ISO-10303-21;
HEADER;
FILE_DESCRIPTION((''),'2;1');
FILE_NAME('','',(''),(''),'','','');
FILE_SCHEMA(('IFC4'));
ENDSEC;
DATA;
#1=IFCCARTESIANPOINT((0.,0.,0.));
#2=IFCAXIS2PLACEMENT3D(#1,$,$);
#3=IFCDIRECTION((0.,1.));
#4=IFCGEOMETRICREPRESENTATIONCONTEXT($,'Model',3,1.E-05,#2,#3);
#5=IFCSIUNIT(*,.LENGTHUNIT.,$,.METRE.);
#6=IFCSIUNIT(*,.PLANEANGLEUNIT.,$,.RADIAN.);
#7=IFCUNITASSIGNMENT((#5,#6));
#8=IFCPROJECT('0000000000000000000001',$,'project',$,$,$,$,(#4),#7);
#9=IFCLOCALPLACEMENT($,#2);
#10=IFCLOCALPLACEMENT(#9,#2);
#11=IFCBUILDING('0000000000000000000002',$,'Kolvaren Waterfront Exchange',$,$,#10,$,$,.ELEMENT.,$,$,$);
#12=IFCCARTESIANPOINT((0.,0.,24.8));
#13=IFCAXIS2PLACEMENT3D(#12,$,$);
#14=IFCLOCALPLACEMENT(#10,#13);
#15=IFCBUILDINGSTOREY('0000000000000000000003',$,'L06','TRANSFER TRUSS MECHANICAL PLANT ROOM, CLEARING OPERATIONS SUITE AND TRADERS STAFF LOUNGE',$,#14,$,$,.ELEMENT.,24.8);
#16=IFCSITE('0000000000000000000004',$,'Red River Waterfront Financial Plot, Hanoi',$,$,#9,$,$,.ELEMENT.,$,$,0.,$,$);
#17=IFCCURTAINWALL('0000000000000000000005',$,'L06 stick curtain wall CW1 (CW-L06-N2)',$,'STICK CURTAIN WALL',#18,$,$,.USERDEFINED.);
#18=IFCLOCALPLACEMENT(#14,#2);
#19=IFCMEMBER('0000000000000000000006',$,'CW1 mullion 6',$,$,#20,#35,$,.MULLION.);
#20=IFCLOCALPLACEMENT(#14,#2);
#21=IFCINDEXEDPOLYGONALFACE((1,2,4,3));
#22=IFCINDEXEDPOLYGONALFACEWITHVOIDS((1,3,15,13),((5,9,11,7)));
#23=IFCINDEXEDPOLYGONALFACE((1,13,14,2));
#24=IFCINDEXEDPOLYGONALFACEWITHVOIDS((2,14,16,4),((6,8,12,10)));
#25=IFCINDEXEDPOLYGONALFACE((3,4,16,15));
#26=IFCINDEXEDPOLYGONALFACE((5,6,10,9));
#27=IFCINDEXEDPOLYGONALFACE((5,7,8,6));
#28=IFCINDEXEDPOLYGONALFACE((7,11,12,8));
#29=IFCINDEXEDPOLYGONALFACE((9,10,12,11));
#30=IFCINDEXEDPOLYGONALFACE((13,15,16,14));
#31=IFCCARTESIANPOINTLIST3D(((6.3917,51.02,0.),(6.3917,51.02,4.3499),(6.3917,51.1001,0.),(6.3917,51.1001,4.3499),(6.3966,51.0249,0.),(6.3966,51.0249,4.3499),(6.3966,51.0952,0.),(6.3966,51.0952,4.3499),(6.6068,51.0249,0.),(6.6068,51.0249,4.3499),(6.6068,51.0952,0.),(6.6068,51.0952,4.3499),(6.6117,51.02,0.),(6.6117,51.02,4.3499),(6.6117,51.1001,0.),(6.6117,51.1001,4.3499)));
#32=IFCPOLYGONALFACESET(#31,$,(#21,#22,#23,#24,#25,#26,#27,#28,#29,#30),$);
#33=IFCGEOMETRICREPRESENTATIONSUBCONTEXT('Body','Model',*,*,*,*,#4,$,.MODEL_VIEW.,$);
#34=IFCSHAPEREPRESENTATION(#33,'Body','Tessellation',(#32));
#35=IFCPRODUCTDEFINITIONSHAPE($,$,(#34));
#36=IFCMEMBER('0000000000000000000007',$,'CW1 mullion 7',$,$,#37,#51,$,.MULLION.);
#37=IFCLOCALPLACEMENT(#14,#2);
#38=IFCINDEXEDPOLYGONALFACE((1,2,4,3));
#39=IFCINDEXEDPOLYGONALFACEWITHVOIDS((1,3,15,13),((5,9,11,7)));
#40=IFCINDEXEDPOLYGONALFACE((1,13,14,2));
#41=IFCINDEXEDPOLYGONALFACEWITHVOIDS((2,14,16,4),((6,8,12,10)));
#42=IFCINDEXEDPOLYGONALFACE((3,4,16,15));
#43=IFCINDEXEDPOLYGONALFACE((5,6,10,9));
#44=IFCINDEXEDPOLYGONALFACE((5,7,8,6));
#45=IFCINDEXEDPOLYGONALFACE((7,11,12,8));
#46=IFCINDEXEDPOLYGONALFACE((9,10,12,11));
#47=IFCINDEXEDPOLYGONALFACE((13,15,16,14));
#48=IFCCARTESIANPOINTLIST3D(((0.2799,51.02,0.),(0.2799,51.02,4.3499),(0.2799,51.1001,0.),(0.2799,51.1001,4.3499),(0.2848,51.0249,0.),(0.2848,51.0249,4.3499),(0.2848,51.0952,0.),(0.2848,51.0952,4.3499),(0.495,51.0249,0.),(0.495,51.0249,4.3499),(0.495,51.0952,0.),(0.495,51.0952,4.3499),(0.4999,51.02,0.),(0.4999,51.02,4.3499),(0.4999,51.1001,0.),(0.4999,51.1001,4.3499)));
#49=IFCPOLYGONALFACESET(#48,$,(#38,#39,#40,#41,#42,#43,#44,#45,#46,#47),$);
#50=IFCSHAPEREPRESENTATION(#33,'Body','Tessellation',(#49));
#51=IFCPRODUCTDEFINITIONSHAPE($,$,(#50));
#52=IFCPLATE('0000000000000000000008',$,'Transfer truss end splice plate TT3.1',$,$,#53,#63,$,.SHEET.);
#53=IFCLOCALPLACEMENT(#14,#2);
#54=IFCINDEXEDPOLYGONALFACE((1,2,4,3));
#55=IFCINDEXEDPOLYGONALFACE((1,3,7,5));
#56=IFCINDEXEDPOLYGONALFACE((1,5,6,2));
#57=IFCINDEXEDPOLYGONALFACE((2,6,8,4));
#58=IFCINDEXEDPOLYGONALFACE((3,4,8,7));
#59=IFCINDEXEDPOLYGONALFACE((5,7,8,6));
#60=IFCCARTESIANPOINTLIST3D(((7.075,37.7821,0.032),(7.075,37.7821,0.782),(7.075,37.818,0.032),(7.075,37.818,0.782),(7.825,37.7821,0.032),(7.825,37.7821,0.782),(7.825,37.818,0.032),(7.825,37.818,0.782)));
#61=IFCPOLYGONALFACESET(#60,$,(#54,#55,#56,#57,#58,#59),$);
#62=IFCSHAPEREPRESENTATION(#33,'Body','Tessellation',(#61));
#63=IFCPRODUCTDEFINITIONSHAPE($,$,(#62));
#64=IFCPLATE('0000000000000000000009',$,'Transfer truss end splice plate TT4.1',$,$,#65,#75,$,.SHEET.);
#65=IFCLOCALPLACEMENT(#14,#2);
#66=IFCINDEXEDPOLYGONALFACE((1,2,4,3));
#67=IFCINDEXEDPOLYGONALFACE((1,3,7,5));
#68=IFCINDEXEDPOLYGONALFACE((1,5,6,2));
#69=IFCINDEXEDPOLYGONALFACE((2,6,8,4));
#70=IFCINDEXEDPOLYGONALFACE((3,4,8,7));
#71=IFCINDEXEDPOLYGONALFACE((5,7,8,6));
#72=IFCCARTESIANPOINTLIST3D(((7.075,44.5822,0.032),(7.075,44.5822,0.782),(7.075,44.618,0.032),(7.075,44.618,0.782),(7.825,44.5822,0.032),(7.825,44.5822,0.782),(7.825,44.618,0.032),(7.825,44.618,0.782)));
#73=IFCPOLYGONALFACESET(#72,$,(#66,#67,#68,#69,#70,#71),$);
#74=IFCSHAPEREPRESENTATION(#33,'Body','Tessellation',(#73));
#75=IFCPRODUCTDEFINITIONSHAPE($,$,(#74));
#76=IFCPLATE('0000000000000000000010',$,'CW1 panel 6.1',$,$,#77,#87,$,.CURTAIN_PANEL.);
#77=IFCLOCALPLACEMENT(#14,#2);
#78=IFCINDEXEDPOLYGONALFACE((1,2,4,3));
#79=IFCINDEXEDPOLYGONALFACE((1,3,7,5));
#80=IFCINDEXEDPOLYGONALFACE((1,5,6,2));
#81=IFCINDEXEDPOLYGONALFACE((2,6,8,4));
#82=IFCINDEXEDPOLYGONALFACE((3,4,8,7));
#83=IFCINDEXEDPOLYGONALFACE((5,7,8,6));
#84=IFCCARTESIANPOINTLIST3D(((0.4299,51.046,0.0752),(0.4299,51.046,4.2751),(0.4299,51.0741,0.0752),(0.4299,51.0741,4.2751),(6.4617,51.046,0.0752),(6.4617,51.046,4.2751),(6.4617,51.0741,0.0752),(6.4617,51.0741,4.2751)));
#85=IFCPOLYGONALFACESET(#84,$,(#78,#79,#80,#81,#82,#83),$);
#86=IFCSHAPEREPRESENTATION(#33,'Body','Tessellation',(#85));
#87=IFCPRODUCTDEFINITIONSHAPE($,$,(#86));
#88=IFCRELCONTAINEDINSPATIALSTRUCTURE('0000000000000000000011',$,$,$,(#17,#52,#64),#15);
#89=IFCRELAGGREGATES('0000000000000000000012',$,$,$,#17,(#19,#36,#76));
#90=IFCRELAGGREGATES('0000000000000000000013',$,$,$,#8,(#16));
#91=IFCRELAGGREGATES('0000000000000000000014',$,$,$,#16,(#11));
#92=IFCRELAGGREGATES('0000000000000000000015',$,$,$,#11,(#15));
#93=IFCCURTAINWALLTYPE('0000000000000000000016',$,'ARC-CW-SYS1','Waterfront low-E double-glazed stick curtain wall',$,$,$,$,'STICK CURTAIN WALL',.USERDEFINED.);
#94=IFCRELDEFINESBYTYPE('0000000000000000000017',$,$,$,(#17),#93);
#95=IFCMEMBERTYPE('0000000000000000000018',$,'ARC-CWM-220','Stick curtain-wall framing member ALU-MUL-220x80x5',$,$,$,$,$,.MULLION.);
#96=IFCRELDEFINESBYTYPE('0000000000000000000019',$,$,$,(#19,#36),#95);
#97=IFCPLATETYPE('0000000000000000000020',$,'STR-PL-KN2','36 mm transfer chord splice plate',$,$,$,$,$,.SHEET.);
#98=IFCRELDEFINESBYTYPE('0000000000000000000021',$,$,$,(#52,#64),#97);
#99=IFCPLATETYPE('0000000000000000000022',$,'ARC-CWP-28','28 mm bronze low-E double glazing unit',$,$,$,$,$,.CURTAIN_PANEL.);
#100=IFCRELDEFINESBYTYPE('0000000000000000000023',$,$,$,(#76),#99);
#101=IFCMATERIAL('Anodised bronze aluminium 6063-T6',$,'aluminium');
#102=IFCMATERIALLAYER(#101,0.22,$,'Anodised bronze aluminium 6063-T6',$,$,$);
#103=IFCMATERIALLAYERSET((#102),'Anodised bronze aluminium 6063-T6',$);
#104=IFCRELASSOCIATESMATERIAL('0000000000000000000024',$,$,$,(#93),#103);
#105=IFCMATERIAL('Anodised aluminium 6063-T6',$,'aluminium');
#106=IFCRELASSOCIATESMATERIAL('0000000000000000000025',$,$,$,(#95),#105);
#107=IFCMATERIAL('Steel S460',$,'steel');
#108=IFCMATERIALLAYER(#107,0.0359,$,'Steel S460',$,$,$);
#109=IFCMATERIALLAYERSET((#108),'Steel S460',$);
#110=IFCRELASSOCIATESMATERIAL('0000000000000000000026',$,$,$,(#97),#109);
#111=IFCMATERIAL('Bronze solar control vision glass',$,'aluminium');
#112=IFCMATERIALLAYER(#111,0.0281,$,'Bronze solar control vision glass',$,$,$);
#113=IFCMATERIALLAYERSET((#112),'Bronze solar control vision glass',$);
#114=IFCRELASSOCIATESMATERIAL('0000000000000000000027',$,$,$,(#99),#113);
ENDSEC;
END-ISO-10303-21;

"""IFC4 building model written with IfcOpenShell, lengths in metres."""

from ifc_helpers import new_model, si_unit, direction, frame, origin, origin_with_axes, origin_2d, place, context, subcontext, project, spatial, rectangle, hollow_rectangle, extrude, source, transform, mapped, material, layer, layer_set, material_profile, profile_set, type_object, element, aggregate, save


model = new_model("IFC4")

# Units and contexts
model_context = context("Model", 3, precision=1e-05, world=origin(), true_north=direction((0.0, 1.0)))
body_context = subcontext(model_context, "Body", "Model", "MODEL_VIEW")
ifc_project = project(units=[si_unit("LENGTHUNIT", "METRE"), si_unit("PLANEANGLEUNIT", "RADIAN")], contexts=[model_context])

# Site, building, storey
site_placement = place(None, origin())
site = spatial("IfcSite", under=ifc_project, at=site_placement, Name="Red River Waterfront Financial Plot, Hanoi", CompositionType="ELEMENT", RefElevation=0.0)
building_placement = place(site_placement, origin())
building = spatial("IfcBuilding", under=site, at=building_placement, Name="Kolvaren Waterfront Exchange", CompositionType="ELEMENT")
storey_placement = place(building_placement, frame((0.0, 0.0, 24.8)))
storey = spatial("IfcBuildingStorey", under=building, at=storey_placement, Name="L06", Description="TRANSFER TRUSS MECHANICAL PLANT ROOM, CLEARING OPERATIONS SUITE AND TRADERS STAFF LOUNGE", CompositionType="ELEMENT", Elevation=24.8)

# Shared definitions
ifc_material_1 = material(Name="Steel S460", Category="steel")

# Curtain wall, members
ifc_material_2 = material(Name="Anodised bronze aluminium 6063-T6", Category="aluminium")
ifc_layer_1 = layer(ifc_material_2, 0.22, Name="Anodised bronze aluminium 6063-T6")
ifc_layer_set_1 = layer_set([ifc_layer_1], Name="Anodised bronze aluminium 6063-T6")
curtain_wall_type = type_object("IfcCurtainWallType", Name="ARC-CW-SYS1", Description="Waterfront low-E double-glazed stick curtain wall", ElementType="STICK CURTAIN WALL", PredefinedType="USERDEFINED", material=ifc_layer_set_1)
curtain_wall_placement = place(storey_placement, origin())
curtain_wall = element("IfcCurtainWall", 1, at=curtain_wall_placement, inside=storey, type_object=curtain_wall_type, Name="L06 stick curtain wall CW1 (CW-L06-N2)", ObjectType="STICK CURTAIN WALL", PredefinedType="USERDEFINED")
ifc_material_3 = material(Name="Anodised aluminium 6063-T6", Category="aluminium")
ifc_material_profile_1 = material_profile(ifc_material_3, hollow_rectangle(XDim=0.0801, YDim=0.22, WallThickness=0.0049, at=origin_2d()), Name="ALU-MUL-220x80x5")
ifc_profile_set_1 = profile_set([ifc_material_profile_1], Name="Anodised aluminium 6063-T6")
member_type_1 = type_object("IfcMemberType", Name="ARC-CWM-220", Description="Stick curtain-wall framing member ALU-MUL-220x80x5", PredefinedType="MULLION", material=ifc_profile_set_1)
shared_shape_1 = source(origin_with_axes(), body_context, "Body", "SweptSolid", [
    extrude(hollow_rectangle(XDim=0.0801, YDim=0.22, WallThickness=0.0049, at=origin_2d()), origin(), (0.0, 0.0, 1.0), 4.3499),
])
member_1_placement = place(storey_placement, frame((6.5017, 51.0601, 0.0), z_axis=(0.0, 0.0, 1.0), x_axis=(0.0, -1.0, 0.0)))
member_1 = element("IfcMember", 2, at=member_1_placement, type_object=member_type_1, Name="CW1 mullion 6", PredefinedType="MULLION", context=body_context, shape_type="MappedRepresentation", body=[
    mapped(shared_shape_1, transform((0.0, 0.0, 0.0), x_axis=(1.0, 0.0, 0.0), y_axis=(0.0, 1.0, 0.0), z_axis=(0.0, 0.0, 1.0), scale=1.0)),
])
member_2_placement = place(storey_placement, frame((0.3899, 51.0601, 0.0), z_axis=(0.0, 0.0, 1.0), x_axis=(0.0, -1.0, 0.0)))
member_2 = element("IfcMember", 3, at=member_2_placement, type_object=member_type_1, Name="CW1 mullion 7", PredefinedType="MULLION", context=body_context, shape_type="MappedRepresentation", body=[
    mapped(shared_shape_1, transform((0.0, 0.0, 0.0), x_axis=(1.0, 0.0, 0.0), y_axis=(0.0, 1.0, 0.0), z_axis=(0.0, 0.0, 1.0), scale=1.0)),
])

# Plates
ifc_layer_2 = layer(ifc_material_1, 0.0359, Name="Steel S460")
ifc_layer_set_2 = layer_set([ifc_layer_2], Name="Steel S460")
plate_type_1 = type_object("IfcPlateType", Name="STR-PL-KN2", Description="36 mm transfer chord splice plate", PredefinedType="SHEET", material=ifc_layer_set_2)
shared_shape_2 = source(origin_with_axes(), body_context, "Body", "SweptSolid", [
    extrude(rectangle(XDim=0.75, YDim=0.0359, at=origin_2d()), origin(), (0.0, 0.0, 1.0), 0.75),
])
for number, where, z_axis, x_axis, name in (
    (4, (7.45, 37.8, 0.032), (0.0, 0.0, 1.0), (1.0, 0.0, 0.0), "Transfer truss end splice plate TT3.1"),
    (5, (7.45, 44.6001, 0.032), (0.0, 0.0, 1.0), (1.0, 0.0, 0.0), "Transfer truss end splice plate TT4.1"),
):
    element("IfcPlate", number, at=place(storey_placement, frame(where, z_axis=z_axis, x_axis=x_axis)), inside=storey, type_object=plate_type_1, Name=name, PredefinedType="SHEET", context=body_context, shape_type="MappedRepresentation", body=[
        mapped(shared_shape_2, transform((0.0, 0.0, 0.0), x_axis=(1.0, 0.0, 0.0), y_axis=(0.0, 1.0, 0.0), z_axis=(0.0, 0.0, 1.0), scale=1.0)),
    ])

# Plate
ifc_material_4 = material(Name="Bronze solar control vision glass", Category="aluminium")
ifc_layer_3 = layer(ifc_material_4, 0.0281, Name="Bronze solar control vision glass")
ifc_layer_set_3 = layer_set([ifc_layer_3], Name="Bronze solar control vision glass")
plate_type_2 = type_object("IfcPlateType", Name="ARC-CWP-28", Description="28 mm bronze low-E double glazing unit", PredefinedType="CURTAIN_PANEL", material=ifc_layer_set_3)
shared_shape_3 = source(origin_with_axes(), body_context, "Body", "SweptSolid", [
    extrude(rectangle(XDim=6.0317, YDim=0.0281, at=origin_2d()), origin(), (0.0, 0.0, 1.0), 4.2),
])
plate_placement = place(storey_placement, frame((3.4458, 51.0601, 0.0752), z_axis=(0.0, 0.0, 1.0), x_axis=(-1.0, 0.0, 0.0)))
plate = element("IfcPlate", 6, at=plate_placement, type_object=plate_type_2, Name="CW1 panel 6.1", PredefinedType="CURTAIN_PANEL", context=body_context, shape_type="MappedRepresentation", body=[
    mapped(shared_shape_3, transform((0.0, 0.0, 0.0), x_axis=(1.0, 0.0, 0.0), y_axis=(0.0, 1.0, 0.0), z_axis=(0.0, 0.0, 1.0), scale=1.0)),
])
aggregate(curtain_wall, [member_1, member_2, plate])

save(model, "model.ifc")
